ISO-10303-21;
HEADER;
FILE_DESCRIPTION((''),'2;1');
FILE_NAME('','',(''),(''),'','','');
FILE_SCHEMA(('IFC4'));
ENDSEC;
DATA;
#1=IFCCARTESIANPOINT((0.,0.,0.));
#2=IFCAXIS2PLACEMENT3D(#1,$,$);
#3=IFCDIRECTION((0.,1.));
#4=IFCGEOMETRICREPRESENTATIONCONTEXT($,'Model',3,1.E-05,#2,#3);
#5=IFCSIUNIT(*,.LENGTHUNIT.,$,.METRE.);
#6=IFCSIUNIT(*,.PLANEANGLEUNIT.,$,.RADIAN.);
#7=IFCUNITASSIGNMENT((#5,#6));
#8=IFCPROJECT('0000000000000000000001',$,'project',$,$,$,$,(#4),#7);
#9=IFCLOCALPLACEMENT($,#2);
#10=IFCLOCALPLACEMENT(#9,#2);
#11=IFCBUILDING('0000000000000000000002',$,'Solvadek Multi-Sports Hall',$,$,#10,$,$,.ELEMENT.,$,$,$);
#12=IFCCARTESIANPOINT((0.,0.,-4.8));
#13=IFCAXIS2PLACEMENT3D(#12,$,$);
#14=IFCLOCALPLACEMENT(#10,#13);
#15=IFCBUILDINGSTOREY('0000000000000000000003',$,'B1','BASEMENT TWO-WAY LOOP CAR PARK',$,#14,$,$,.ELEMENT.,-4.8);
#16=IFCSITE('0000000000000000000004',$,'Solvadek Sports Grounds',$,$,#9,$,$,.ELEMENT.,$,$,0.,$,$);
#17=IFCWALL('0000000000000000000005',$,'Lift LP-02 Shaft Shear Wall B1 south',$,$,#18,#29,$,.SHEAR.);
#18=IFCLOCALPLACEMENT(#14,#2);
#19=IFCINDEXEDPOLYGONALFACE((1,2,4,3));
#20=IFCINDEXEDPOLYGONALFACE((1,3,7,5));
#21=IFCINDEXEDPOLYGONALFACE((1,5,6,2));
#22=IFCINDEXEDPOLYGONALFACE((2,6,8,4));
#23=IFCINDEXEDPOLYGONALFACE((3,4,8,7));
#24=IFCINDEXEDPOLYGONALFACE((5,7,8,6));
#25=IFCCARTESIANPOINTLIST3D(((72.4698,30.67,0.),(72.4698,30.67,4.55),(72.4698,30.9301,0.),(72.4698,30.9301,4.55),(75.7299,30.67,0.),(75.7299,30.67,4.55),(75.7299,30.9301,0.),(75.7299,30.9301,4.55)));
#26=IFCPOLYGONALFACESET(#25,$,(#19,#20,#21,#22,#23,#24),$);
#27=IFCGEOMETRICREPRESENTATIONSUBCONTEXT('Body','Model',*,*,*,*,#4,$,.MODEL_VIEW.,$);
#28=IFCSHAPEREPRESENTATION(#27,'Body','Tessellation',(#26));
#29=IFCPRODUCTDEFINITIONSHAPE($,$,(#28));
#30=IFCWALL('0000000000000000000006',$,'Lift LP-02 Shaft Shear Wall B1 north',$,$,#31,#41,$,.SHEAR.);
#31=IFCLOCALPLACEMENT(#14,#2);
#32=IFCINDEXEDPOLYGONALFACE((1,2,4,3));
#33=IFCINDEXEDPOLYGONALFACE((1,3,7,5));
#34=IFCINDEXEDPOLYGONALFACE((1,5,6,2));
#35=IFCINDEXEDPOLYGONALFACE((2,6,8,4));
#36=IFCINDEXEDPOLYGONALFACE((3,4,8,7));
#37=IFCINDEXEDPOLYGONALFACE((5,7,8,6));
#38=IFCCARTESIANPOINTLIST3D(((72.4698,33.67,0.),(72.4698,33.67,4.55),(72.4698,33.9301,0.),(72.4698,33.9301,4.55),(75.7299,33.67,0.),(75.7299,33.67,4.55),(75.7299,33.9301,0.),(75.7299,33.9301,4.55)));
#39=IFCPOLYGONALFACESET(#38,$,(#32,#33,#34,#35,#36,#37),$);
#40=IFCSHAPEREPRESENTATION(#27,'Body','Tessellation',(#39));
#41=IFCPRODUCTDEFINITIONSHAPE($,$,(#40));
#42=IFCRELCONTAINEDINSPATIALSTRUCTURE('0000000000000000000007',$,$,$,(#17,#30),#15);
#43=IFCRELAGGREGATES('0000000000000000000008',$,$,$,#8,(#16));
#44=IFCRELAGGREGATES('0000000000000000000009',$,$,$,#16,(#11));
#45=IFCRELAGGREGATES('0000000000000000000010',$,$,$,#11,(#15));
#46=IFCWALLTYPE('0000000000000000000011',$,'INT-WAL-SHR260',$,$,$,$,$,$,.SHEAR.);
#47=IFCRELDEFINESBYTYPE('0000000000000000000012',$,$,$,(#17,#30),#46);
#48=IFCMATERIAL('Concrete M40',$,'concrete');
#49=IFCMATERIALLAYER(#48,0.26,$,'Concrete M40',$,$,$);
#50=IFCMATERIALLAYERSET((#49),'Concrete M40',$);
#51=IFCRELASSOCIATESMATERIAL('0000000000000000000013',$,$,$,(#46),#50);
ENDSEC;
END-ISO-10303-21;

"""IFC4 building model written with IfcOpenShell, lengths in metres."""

from ifc_helpers import new_model, si_unit, direction, frame, frame_2d, origin, place, context, subcontext, project, spatial, rectangle, extrude, material, layer, layer_set, type_object, element, save


model = new_model("IFC4")

# Units and contexts
model_context = context("Model", 3, precision=1e-05, world=origin(), true_north=direction((0.0, 1.0)))
body_context = subcontext(model_context, "Body", "Model", "MODEL_VIEW")
ifc_project = project(units=[si_unit("LENGTHUNIT", "METRE"), si_unit("PLANEANGLEUNIT", "RADIAN")], contexts=[model_context])

# Site, building, storey
site_placement = place(None, origin())
site = spatial("IfcSite", under=ifc_project, at=site_placement, Name="Solvadek Sports Grounds", CompositionType="ELEMENT", RefElevation=0.0)
building_placement = place(site_placement, origin())
building = spatial("IfcBuilding", under=site, at=building_placement, Name="Solvadek Multi-Sports Hall", CompositionType="ELEMENT")
storey_placement = place(building_placement, frame((0.0, 0.0, -4.8)))
storey = spatial("IfcBuildingStorey", under=building, at=storey_placement, Name="B1", Description="BASEMENT TWO-WAY LOOP CAR PARK", CompositionType="ELEMENT", Elevation=-4.8)

# Shared definitions
ifc_material_1 = material(Name="Concrete M40", Category="concrete")

# Walls
ifc_layer_1 = layer(ifc_material_1, 0.26, Name="Concrete M40")
ifc_layer_set_1 = layer_set([ifc_layer_1], Name="Concrete M40")
wall_type = type_object("IfcWallType", Name="INT-WAL-SHR260", PredefinedType="SHEAR", material=ifc_layer_set_1)
for number, where, z_axis, x_axis, name in (
    (1, (72.47, 30.8, 0.0), (0.0, 0.0, 1.0), (1.0, 0.0, 0.0), "Lift LP-02 Shaft Shear Wall B1 south"),
    (2, (72.47, 33.8, 0.0), (0.0, 0.0, 1.0), (1.0, 0.0, 0.0), "Lift LP-02 Shaft Shear Wall B1 north"),
):
    element("IfcWall", number, at=place(storey_placement, frame(where, z_axis=z_axis, x_axis=x_axis)), inside=storey, type_object=wall_type, Name=name, PredefinedType="SHEAR", context=body_context, shape_type="SweptSolid", body=[
        extrude(rectangle(XDim=3.26, YDim=0.26, at=frame_2d((1.6299, 0.0))), origin(), (0.0, 0.0, 1.0), 4.55),
    ])

save(model, "model.ifc")
